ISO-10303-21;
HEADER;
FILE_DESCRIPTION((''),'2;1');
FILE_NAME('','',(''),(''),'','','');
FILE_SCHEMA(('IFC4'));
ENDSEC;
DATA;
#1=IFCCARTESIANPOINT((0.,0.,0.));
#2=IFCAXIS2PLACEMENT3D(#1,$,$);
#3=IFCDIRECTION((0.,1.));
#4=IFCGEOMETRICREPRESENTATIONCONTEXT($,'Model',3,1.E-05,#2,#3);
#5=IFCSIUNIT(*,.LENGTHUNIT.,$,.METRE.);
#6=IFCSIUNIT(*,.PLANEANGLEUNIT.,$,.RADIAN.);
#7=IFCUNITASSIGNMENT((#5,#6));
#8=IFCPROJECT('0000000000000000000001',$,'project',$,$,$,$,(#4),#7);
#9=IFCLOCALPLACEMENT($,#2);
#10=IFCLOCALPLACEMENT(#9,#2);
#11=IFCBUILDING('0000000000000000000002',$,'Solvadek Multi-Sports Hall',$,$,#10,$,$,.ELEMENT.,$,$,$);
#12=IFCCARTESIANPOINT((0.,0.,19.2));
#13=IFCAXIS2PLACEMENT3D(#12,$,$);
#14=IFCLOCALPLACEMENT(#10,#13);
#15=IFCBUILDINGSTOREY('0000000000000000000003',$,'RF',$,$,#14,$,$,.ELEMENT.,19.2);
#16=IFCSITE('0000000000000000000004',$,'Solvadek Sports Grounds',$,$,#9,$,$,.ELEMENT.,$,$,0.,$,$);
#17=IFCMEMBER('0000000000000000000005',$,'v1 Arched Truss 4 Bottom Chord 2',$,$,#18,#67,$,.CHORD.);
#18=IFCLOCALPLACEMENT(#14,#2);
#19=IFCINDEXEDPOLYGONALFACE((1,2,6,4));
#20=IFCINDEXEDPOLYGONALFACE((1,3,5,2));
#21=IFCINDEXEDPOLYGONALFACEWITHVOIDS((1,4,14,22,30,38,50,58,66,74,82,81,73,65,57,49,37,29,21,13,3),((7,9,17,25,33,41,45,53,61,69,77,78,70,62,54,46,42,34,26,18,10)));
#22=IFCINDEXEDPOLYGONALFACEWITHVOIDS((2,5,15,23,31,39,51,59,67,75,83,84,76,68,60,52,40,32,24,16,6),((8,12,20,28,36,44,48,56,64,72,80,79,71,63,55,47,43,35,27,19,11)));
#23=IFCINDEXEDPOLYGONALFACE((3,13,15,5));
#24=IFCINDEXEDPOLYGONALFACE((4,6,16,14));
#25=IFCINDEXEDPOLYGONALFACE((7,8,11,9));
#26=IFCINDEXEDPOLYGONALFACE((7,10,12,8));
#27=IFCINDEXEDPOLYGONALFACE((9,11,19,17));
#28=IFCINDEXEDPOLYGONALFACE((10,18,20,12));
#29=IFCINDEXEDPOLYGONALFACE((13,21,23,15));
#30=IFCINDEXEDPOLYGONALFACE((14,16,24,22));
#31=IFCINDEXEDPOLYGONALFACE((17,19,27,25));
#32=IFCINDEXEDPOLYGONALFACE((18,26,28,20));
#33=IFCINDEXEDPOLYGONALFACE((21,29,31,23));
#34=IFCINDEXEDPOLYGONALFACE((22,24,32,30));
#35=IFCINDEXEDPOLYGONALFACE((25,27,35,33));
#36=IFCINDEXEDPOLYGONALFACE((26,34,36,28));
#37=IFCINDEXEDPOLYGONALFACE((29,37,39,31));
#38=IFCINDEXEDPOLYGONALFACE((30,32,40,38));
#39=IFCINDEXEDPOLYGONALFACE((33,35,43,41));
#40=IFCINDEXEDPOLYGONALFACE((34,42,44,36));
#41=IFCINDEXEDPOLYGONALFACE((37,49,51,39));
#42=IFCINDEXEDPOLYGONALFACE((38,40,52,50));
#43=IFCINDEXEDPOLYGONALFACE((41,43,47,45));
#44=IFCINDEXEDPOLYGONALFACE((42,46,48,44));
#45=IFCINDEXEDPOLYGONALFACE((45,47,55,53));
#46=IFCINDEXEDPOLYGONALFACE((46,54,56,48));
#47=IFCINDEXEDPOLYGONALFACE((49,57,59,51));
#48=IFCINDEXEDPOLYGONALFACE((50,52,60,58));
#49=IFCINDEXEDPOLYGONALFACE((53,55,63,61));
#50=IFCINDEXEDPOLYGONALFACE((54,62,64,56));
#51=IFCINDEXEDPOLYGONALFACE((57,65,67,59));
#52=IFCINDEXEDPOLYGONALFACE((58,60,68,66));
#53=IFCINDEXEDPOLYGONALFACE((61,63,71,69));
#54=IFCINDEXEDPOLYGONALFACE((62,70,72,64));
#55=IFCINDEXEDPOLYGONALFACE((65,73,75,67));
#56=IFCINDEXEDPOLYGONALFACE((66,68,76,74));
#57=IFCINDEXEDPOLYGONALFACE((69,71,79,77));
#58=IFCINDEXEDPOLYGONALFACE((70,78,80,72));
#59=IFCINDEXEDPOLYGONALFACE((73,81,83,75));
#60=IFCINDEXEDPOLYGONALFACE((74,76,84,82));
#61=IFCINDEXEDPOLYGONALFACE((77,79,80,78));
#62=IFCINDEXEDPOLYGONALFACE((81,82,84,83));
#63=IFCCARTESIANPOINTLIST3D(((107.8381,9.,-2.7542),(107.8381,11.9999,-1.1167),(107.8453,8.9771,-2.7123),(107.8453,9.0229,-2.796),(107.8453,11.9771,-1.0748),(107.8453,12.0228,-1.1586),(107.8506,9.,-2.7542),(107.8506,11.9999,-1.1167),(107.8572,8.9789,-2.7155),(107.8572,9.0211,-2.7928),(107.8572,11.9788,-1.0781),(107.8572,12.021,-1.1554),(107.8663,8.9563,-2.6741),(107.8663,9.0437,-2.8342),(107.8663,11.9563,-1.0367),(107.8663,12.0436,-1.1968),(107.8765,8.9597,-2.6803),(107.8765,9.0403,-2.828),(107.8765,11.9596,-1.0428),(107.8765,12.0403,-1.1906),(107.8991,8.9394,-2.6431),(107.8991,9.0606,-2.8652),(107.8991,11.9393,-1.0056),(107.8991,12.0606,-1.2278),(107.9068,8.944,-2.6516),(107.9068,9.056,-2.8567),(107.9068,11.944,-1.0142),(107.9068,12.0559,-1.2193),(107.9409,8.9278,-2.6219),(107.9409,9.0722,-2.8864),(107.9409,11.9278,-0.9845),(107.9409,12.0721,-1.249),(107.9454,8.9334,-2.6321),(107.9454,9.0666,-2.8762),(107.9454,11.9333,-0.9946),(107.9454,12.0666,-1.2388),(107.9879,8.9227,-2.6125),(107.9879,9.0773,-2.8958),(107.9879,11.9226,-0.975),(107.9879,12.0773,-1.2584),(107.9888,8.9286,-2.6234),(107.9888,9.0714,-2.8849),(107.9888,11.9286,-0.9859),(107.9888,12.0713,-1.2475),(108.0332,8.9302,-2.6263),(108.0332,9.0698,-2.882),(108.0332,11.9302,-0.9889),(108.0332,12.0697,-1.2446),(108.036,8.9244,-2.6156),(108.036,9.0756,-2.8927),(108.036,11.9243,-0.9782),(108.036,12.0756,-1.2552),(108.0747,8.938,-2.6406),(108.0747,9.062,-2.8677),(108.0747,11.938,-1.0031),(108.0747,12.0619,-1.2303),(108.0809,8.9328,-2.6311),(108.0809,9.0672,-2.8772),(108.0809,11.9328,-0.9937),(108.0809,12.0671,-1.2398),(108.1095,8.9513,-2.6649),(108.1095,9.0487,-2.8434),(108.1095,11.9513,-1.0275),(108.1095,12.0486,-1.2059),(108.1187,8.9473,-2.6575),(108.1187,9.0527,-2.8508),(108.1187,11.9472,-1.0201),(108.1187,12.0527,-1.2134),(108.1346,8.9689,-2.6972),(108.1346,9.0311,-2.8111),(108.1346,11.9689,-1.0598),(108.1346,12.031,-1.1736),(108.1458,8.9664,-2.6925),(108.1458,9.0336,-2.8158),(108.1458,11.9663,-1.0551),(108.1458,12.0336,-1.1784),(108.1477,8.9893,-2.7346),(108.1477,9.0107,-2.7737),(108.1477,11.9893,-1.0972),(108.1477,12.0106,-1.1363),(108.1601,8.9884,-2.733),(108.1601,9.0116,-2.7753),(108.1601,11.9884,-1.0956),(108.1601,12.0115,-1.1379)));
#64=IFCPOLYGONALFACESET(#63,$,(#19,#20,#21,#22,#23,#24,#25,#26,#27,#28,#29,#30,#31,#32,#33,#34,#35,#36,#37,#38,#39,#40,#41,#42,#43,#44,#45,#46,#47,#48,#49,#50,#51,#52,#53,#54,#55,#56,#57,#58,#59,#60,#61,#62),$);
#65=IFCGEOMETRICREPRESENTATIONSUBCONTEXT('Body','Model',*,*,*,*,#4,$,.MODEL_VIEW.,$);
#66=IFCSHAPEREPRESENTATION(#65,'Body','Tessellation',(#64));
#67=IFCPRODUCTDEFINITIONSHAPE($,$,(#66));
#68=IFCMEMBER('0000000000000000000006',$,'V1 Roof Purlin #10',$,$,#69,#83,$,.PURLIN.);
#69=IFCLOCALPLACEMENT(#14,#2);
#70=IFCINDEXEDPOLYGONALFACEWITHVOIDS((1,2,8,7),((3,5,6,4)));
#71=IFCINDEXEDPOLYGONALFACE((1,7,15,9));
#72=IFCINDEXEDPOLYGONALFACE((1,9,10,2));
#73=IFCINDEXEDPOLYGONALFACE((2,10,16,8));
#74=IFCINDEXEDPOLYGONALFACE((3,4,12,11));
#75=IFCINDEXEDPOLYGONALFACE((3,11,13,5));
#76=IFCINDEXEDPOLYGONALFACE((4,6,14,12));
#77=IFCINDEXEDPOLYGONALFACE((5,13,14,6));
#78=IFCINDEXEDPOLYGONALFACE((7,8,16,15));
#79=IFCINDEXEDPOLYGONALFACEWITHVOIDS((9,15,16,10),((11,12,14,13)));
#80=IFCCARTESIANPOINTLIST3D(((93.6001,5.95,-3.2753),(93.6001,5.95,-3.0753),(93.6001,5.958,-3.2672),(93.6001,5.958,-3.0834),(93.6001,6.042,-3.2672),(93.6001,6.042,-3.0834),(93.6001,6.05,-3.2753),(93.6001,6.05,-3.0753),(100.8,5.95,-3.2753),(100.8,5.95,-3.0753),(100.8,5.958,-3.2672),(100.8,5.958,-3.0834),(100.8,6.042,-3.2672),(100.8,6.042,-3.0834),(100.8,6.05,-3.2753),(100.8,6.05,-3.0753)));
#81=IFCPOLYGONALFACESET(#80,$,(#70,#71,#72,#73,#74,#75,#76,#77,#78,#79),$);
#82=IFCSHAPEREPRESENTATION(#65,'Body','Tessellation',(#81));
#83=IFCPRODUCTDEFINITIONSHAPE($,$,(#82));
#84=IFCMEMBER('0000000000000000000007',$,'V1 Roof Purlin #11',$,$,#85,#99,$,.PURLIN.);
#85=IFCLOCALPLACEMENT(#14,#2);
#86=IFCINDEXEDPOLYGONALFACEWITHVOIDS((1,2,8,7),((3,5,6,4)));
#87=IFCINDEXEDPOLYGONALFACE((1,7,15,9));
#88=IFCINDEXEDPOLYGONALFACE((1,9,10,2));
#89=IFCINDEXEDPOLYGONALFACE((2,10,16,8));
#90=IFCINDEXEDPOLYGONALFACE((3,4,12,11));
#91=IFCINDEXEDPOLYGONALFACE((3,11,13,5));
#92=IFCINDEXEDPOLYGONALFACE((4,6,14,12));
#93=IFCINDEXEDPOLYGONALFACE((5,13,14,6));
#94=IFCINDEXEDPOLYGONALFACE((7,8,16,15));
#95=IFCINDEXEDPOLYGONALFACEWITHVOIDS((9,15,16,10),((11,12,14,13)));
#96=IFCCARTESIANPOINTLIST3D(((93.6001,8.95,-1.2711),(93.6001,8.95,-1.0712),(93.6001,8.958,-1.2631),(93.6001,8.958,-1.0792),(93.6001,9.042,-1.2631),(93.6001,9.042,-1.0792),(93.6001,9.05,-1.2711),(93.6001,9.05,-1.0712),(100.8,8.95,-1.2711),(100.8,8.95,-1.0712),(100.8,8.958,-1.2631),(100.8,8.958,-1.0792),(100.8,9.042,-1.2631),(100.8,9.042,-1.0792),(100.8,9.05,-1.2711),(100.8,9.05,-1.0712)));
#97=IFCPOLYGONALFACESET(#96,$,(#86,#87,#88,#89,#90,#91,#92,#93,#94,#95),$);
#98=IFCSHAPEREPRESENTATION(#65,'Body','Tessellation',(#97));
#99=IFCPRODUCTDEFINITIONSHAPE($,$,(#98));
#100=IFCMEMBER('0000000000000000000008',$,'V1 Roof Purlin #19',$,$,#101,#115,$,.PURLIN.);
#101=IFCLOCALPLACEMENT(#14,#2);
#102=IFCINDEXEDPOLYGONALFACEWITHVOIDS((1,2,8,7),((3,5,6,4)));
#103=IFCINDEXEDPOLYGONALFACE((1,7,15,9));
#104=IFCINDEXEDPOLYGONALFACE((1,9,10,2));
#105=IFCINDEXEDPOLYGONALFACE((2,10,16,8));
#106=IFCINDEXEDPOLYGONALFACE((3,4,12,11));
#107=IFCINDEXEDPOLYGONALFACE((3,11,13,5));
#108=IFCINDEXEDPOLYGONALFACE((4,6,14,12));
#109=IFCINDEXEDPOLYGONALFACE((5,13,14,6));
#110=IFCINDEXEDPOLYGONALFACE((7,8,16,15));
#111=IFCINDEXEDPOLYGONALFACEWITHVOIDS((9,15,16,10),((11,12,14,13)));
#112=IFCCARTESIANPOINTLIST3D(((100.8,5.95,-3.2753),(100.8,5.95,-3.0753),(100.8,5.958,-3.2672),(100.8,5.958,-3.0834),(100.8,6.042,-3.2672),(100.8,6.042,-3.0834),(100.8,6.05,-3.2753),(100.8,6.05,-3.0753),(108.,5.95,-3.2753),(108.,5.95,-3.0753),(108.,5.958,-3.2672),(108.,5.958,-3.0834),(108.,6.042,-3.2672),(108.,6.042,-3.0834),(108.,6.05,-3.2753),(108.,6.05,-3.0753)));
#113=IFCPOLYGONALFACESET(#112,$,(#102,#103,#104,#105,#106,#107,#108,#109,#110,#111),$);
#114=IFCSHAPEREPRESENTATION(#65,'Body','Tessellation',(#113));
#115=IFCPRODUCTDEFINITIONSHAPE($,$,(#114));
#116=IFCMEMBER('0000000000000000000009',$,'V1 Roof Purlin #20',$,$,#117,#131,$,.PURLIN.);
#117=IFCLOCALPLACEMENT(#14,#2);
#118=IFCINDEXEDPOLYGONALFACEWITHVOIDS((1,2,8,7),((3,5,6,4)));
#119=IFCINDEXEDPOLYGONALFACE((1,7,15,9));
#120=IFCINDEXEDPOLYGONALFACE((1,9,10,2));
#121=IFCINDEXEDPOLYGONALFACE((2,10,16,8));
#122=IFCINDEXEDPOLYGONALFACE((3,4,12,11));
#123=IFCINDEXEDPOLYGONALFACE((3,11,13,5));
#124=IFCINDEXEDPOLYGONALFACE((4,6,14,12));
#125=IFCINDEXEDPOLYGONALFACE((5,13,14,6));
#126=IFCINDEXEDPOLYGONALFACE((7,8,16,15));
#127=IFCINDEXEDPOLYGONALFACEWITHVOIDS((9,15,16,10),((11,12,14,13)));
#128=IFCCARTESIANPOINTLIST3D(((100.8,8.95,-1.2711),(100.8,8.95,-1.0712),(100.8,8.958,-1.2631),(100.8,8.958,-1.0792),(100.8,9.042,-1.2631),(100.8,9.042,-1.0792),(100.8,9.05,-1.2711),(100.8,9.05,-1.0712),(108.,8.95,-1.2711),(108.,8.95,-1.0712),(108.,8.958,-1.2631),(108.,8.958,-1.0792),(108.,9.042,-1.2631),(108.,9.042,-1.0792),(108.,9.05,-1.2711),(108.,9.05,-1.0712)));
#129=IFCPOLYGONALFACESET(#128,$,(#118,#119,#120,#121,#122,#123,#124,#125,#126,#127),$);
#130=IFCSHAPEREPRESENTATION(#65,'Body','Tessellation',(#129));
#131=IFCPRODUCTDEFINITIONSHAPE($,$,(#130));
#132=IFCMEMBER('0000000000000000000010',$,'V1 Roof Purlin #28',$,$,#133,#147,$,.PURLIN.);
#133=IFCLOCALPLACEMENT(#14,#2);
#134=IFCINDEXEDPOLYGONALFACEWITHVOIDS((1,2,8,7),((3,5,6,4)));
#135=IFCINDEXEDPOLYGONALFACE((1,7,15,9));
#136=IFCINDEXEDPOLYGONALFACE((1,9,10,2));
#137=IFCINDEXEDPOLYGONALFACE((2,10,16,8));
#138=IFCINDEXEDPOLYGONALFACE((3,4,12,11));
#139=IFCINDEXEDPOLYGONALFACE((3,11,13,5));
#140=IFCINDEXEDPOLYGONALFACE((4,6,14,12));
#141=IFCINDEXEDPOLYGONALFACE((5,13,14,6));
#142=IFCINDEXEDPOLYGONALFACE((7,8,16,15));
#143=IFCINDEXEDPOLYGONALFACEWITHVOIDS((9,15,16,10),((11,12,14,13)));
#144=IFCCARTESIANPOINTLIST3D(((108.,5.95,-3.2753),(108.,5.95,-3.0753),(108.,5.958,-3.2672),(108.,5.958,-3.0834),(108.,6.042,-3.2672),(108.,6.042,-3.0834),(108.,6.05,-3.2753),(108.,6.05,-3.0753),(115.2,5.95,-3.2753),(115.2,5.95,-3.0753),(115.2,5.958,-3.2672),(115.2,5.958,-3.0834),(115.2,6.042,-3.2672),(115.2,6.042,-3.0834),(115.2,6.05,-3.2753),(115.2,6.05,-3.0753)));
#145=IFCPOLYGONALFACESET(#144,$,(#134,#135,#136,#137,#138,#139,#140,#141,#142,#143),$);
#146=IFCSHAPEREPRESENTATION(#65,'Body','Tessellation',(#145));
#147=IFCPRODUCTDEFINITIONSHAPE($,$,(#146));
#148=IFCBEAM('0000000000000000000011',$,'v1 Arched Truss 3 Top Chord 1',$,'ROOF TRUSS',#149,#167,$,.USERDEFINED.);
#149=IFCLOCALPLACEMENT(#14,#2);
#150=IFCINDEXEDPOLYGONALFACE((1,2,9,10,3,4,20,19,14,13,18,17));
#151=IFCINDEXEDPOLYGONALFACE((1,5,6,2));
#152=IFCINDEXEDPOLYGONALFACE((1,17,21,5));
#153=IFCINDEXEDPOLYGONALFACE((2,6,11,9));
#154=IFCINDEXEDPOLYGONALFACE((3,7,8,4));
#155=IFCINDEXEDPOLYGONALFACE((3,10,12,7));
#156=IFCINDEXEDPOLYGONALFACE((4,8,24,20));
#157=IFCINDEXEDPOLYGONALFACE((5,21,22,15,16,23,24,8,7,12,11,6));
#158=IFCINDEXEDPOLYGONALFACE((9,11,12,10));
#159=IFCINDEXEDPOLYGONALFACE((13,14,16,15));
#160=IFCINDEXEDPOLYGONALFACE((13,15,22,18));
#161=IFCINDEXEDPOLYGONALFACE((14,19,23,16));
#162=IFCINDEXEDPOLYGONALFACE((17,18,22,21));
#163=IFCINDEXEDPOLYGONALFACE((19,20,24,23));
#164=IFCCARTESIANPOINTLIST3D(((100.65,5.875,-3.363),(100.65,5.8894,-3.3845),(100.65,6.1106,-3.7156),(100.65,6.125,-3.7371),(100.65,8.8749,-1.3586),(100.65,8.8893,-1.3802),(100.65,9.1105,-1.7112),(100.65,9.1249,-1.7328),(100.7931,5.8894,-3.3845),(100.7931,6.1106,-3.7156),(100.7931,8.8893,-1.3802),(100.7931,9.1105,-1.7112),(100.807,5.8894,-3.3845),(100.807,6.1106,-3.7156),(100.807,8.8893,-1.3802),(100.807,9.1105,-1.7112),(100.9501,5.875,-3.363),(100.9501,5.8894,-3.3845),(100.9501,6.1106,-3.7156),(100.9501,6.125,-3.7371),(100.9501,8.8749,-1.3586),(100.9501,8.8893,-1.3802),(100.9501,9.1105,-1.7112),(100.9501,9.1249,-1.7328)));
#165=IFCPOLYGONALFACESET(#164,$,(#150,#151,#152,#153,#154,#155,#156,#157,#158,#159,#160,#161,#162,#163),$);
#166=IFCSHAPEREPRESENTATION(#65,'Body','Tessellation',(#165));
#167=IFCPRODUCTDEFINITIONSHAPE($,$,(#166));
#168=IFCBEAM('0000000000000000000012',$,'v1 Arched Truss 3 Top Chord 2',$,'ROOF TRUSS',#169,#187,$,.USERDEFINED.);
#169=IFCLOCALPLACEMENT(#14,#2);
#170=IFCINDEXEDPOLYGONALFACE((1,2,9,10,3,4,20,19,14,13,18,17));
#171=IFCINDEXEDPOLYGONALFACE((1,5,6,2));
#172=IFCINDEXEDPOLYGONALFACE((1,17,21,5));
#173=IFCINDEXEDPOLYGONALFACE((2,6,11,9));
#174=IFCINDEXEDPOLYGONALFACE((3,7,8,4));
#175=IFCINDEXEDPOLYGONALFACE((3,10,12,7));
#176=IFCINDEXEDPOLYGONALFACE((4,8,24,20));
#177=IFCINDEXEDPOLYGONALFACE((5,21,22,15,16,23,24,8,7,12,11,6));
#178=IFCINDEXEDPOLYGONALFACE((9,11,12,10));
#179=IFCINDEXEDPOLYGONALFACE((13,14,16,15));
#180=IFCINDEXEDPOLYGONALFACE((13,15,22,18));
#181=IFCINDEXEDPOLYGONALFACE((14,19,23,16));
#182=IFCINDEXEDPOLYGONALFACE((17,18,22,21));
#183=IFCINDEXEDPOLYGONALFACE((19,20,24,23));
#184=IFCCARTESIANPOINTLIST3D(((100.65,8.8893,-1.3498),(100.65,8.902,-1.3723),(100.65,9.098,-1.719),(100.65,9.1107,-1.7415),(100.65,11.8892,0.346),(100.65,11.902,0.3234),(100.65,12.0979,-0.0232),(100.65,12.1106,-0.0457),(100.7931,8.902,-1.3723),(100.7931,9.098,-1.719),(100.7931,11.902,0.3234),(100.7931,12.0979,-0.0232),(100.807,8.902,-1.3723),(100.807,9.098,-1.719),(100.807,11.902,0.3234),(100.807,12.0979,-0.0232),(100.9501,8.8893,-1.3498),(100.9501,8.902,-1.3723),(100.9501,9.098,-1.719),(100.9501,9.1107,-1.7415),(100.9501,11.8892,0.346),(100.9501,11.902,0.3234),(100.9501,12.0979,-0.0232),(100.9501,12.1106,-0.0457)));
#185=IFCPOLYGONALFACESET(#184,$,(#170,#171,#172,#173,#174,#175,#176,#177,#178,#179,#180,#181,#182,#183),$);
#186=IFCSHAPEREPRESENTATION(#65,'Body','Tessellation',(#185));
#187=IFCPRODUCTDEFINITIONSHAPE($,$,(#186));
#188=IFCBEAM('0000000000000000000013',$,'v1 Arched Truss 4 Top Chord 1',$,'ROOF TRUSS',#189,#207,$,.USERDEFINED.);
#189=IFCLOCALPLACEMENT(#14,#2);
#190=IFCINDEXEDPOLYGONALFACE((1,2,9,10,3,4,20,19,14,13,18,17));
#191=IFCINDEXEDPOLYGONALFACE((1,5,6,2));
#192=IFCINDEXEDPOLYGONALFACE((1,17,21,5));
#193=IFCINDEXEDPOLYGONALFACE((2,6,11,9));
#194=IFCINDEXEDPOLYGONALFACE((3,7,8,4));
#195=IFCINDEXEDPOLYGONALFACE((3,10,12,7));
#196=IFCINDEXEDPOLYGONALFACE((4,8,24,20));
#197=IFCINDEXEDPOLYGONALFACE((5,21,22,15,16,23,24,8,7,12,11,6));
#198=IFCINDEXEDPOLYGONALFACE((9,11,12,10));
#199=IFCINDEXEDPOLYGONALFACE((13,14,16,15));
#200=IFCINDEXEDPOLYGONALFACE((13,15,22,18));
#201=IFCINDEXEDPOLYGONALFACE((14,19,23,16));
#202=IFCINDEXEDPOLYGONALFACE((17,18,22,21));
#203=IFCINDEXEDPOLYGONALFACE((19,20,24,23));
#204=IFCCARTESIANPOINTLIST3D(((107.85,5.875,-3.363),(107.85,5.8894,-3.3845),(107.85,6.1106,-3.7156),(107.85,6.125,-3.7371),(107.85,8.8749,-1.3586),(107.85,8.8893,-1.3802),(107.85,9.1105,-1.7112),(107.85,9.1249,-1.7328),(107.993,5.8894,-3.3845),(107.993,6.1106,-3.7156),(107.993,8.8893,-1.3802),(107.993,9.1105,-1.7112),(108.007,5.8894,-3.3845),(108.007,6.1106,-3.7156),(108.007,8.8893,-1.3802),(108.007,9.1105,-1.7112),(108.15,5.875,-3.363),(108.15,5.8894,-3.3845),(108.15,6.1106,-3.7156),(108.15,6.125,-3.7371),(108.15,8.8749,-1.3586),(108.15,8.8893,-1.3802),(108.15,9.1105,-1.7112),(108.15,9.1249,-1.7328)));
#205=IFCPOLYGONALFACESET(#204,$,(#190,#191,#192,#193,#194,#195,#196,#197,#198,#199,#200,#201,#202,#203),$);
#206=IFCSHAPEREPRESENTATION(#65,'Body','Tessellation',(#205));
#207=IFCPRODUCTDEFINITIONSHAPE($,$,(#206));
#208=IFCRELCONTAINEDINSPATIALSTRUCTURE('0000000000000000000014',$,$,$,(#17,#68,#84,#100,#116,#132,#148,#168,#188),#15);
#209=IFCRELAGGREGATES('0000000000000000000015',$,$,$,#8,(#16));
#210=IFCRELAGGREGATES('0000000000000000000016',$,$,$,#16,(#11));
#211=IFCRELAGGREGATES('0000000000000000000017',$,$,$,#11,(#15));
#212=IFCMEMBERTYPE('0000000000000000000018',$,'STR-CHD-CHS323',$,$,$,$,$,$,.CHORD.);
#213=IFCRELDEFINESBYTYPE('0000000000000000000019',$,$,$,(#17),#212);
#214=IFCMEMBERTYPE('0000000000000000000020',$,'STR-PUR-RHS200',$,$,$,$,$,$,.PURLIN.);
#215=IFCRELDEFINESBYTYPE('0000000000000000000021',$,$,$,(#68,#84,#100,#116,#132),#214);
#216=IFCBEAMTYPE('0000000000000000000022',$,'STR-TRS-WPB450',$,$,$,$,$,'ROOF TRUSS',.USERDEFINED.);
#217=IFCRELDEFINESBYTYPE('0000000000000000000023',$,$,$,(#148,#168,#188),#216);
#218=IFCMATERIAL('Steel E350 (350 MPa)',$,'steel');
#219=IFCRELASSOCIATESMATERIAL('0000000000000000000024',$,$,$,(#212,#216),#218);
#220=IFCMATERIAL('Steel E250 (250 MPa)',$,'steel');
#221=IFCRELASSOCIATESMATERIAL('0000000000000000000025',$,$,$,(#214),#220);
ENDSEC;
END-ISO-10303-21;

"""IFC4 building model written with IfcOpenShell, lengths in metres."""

from ifc_helpers import new_model, si_unit, direction, frame, origin, origin_2d, place, context, subcontext, project, spatial, hollow_rectangle, hollow_circle, i_section, extrude, material, material_profile, profile_set, type_object, element, save


model = new_model("IFC4")

# Units and contexts
model_context = context("Model", 3, precision=1e-05, world=origin(), true_north=direction((0.0, 1.0)))
body_context = subcontext(model_context, "Body", "Model", "MODEL_VIEW")
ifc_project = project(units=[si_unit("LENGTHUNIT", "METRE"), si_unit("PLANEANGLEUNIT", "RADIAN")], contexts=[model_context])

# Site, building, storey
site_placement = place(None, origin())
site = spatial("IfcSite", under=ifc_project, at=site_placement, Name="Solvadek Sports Grounds", CompositionType="ELEMENT", RefElevation=0.0)
building_placement = place(site_placement, origin())
building = spatial("IfcBuilding", under=site, at=building_placement, Name="Solvadek Multi-Sports Hall", CompositionType="ELEMENT")
storey_placement = place(building_placement, frame((0.0, 0.0, 19.2)))
storey = spatial("IfcBuildingStorey", under=building, at=storey_placement, Name="RF", CompositionType="ELEMENT", Elevation=19.2)

# Shared definitions
ifc_material_1 = material(Name="Steel E350 (350 MPa)", Category="steel")

# Members
ifc_material_profile_1 = material_profile(ifc_material_1, hollow_circle(Radius=0.1619, WallThickness=0.0125, at=origin_2d()), Name="CHS 323.9x12.5")
ifc_profile_set_1 = profile_set([ifc_material_profile_1], Name="Steel E350 (350 MPa)")
member_type_1 = type_object("IfcMemberType", Name="STR-CHD-CHS323", PredefinedType="CHORD", material=ifc_profile_set_1)
member_1_placement = place(storey_placement, frame((108.0, 9.0, -2.7542), z_axis=(0.0, 0.877762, 0.479097), x_axis=(-1.0, 0.0, 0.0)))
element("IfcMember", 1, at=member_1_placement, inside=storey, type_object=member_type_1, Name="v1 Arched Truss 4 Bottom Chord 2", PredefinedType="CHORD", context=body_context, shape_type="SweptSolid", body=[
    extrude(hollow_circle(Radius=0.1619, WallThickness=0.0125, at=origin_2d()), origin(), (0.0, 0.0, 1.0), 3.4177),
])
ifc_material_2 = material(Name="Steel E250 (250 MPa)", Category="steel")
ifc_material_profile_2 = material_profile(ifc_material_2, hollow_rectangle(XDim=0.1001, YDim=0.2, WallThickness=0.0081, at=origin_2d()), Name="RHS 200x100x8")
ifc_profile_set_2 = profile_set([ifc_material_profile_2], Name="Steel E250 (250 MPa)")
member_type_2 = type_object("IfcMemberType", Name="STR-PUR-RHS200", PredefinedType="PURLIN", material=ifc_profile_set_2)
for number, where, z_axis, x_axis, name in (
    (2, (93.6001, 6.0, -3.1753), (1.0, 0.0, 0.0), (0.0, 1.0, 0.0), "V1 Roof Purlin #10"),
    (3, (93.6001, 9.0, -1.1711), (1.0, 0.0, 0.0), (0.0, 1.0, 0.0), "V1 Roof Purlin #11"),
    (4, (100.8, 6.0, -3.1753), (1.0, 0.0, 0.0), (0.0, 1.0, 0.0), "V1 Roof Purlin #19"),
    (5, (100.8, 9.0, -1.1711), (1.0, 0.0, 0.0), (0.0, 1.0, 0.0), "V1 Roof Purlin #20"),
    (6, (108.0, 6.0, -3.1753), (1.0, 0.0, 0.0), (0.0, 1.0, 0.0), "V1 Roof Purlin #28"),
):
    element("IfcMember", number, at=place(storey_placement, frame(where, z_axis=z_axis, x_axis=x_axis)), inside=storey, type_object=member_type_2, Name=name, PredefinedType="PURLIN", context=body_context, shape_type="SweptSolid", body=[
        extrude(hollow_rectangle(XDim=0.1001, YDim=0.2, WallThickness=0.0081, at=origin_2d()), origin(), (0.0, 0.0, 1.0), 7.2),
    ])

# Beams
ifc_material_profile_3 = material_profile(ifc_material_1, i_section(OverallWidth=0.3, OverallDepth=0.45, WebThickness=0.0139, FlangeThickness=0.0259, at=origin_2d()), Name="WPB 450")
ifc_profile_set_3 = profile_set([ifc_material_profile_3], Name="Steel E350 (350 MPa)")
beam_type = type_object("IfcBeamType", Name="STR-TRS-WPB450", ElementType="ROOF TRUSS", PredefinedType="USERDEFINED", material=ifc_profile_set_3)
beam_1_placement = place(storey_placement, frame((100.8, 6.0, -3.55), z_axis=(0.0, 0.831488, 0.555543), x_axis=(-1.0, 0.0, 0.0)))
element("IfcBeam", 7, at=beam_1_placement, inside=storey, type_object=beam_type, Name="v1 Arched Truss 3 Top Chord 1", ObjectType="ROOF TRUSS", PredefinedType="USERDEFINED", context=body_context, shape_type="SweptSolid", body=[
    extrude(i_section(OverallWidth=0.3, OverallDepth=0.45, WebThickness=0.0139, FlangeThickness=0.0259, at=origin_2d()), origin(), (0.0, 0.0, 1.0), 3.6079),
])
beam_2_placement = place(storey_placement, frame((100.8, 9.0, -1.5457), z_axis=(0.0, 0.870544, 0.49209), x_axis=(-1.0, 0.0, 0.0)))
element("IfcBeam", 8, at=beam_2_placement, inside=storey, type_object=beam_type, Name="v1 Arched Truss 3 Top Chord 2", ObjectType="ROOF TRUSS", PredefinedType="USERDEFINED", context=body_context, shape_type="SweptSolid", body=[
    extrude(i_section(OverallWidth=0.3, OverallDepth=0.45, WebThickness=0.0139, FlangeThickness=0.0259, at=origin_2d()), origin(), (0.0, 0.0, 1.0), 3.446),
])
beam_3_placement = place(storey_placement, frame((108.0, 6.0, -3.55), z_axis=(0.0, 0.831488, 0.555543), x_axis=(-1.0, 0.0, 0.0)))
element("IfcBeam", 9, at=beam_3_placement, inside=storey, type_object=beam_type, Name="v1 Arched Truss 4 Top Chord 1", ObjectType="ROOF TRUSS", PredefinedType="USERDEFINED", context=body_context, shape_type="SweptSolid", body=[
    extrude(i_section(OverallWidth=0.3, OverallDepth=0.45, WebThickness=0.0139, FlangeThickness=0.0259, at=origin_2d()), origin(), (0.0, 0.0, 1.0), 3.6079),
])

save(model, "model.ifc")
